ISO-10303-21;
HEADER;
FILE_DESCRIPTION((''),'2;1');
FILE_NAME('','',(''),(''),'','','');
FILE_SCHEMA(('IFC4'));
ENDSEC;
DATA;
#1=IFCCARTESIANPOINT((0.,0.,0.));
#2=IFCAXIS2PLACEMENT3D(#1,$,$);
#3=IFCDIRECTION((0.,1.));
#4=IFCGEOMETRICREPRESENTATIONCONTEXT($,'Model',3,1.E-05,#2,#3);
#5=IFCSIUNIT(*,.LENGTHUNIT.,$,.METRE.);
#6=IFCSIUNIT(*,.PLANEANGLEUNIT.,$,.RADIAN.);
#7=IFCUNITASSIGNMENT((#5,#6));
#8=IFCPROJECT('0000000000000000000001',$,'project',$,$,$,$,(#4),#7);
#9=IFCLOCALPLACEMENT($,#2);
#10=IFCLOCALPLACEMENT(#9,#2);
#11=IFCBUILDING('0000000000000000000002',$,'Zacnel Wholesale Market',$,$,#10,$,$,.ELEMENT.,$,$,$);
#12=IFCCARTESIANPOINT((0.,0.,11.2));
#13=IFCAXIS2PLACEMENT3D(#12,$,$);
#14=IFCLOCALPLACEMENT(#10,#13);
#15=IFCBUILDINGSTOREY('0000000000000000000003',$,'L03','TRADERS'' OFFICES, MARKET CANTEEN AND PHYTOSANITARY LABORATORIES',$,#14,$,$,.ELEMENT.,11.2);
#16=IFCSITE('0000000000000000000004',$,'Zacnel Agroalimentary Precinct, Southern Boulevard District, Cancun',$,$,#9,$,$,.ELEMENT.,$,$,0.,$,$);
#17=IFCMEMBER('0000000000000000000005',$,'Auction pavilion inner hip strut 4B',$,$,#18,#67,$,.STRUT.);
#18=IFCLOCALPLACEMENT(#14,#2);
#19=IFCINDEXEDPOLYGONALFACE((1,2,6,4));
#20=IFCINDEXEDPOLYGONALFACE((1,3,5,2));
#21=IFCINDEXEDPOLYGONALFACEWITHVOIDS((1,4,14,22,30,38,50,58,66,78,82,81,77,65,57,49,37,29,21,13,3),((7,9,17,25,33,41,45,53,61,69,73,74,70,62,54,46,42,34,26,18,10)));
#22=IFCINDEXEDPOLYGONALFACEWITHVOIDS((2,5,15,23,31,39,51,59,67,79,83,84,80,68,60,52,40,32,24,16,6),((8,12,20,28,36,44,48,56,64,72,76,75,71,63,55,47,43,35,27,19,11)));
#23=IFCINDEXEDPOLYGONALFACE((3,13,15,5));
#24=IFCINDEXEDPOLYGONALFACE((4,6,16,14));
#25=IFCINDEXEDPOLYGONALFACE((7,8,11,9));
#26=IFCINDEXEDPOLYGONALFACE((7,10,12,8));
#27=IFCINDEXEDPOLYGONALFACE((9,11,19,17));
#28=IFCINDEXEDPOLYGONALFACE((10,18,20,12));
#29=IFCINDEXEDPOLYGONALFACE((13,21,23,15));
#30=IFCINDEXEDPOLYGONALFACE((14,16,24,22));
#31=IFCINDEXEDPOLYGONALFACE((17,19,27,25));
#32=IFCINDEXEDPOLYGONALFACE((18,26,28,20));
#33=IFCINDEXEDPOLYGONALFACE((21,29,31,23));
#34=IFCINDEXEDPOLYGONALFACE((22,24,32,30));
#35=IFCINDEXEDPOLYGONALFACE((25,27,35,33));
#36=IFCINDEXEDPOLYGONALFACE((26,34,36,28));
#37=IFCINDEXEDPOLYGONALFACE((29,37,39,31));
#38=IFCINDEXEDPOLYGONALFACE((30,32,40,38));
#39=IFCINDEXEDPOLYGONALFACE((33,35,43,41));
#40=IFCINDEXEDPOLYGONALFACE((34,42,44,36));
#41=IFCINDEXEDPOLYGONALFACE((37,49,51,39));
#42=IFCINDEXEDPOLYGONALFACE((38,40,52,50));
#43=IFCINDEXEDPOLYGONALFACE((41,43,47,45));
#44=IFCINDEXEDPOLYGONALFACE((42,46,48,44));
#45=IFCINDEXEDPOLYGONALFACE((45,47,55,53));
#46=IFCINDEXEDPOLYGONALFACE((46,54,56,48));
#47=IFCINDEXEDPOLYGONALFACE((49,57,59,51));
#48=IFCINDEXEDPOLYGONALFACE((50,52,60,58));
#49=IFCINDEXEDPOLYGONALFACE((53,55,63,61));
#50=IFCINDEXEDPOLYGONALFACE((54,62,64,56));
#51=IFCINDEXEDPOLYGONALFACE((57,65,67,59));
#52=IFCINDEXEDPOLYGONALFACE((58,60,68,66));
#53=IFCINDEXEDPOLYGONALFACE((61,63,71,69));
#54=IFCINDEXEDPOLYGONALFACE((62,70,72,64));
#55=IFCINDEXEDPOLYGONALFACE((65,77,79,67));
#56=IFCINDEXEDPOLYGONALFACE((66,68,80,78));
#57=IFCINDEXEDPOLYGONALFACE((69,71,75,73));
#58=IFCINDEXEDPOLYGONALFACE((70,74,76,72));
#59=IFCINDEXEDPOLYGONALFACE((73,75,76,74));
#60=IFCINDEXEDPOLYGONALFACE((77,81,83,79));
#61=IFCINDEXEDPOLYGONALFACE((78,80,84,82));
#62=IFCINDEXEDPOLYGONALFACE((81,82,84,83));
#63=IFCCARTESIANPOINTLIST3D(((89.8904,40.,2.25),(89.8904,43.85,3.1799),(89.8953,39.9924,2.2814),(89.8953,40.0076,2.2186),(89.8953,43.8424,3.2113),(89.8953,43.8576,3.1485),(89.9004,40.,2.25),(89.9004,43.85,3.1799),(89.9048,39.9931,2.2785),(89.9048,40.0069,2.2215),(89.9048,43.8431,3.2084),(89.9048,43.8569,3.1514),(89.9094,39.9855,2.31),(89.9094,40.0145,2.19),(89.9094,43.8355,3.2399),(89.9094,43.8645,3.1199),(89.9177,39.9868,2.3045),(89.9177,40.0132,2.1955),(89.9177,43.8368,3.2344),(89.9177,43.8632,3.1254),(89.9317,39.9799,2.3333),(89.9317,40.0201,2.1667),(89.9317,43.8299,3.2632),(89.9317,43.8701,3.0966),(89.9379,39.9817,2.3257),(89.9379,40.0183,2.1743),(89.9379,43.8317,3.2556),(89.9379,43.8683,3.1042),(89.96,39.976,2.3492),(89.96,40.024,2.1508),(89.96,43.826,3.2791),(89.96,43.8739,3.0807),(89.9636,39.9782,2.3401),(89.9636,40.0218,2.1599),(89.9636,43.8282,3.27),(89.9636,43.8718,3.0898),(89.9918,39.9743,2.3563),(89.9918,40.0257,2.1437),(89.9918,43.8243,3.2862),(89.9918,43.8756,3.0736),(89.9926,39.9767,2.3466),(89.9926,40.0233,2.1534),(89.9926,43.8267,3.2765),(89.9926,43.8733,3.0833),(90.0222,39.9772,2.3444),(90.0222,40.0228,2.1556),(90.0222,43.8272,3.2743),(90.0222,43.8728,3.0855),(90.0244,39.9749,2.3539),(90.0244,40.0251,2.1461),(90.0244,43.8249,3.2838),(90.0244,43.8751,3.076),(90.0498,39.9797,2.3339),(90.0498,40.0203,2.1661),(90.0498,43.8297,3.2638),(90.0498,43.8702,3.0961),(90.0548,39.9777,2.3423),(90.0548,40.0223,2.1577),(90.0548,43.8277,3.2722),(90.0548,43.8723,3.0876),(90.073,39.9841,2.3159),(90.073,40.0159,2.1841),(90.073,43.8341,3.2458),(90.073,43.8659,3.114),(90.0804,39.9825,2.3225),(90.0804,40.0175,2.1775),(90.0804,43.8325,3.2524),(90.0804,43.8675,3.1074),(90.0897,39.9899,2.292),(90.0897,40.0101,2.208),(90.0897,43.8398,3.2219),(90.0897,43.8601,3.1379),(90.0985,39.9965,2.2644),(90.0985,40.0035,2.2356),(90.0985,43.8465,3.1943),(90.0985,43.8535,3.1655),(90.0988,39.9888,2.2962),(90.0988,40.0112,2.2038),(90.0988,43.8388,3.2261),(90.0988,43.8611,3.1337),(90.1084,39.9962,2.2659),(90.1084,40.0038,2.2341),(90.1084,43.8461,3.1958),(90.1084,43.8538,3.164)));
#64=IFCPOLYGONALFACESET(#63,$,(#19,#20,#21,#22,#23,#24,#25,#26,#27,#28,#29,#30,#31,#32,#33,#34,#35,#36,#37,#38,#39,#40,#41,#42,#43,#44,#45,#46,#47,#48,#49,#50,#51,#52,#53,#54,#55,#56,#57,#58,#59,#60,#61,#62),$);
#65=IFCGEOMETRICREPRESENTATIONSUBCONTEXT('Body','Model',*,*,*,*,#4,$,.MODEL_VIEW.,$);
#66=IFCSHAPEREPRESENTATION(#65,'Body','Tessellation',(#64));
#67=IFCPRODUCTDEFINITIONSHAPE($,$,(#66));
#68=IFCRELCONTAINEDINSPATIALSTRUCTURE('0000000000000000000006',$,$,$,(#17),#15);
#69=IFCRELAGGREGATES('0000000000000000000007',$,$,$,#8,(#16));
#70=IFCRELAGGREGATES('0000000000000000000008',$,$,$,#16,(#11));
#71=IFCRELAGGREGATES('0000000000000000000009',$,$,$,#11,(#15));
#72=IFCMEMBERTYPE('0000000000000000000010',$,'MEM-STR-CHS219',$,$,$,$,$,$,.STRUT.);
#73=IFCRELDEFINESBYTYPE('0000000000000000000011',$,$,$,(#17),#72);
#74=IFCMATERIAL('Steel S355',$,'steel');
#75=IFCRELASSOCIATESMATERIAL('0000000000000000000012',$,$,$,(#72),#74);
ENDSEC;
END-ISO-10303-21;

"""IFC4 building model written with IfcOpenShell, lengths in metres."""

from ifc_helpers import new_model, si_unit, direction, frame, origin, origin_2d, place, context, subcontext, project, spatial, hollow_circle, extrude, material, material_profile, profile_set, type_object, element, save


model = new_model("IFC4")

# Units and contexts
model_context = context("Model", 3, precision=1e-05, world=origin(), true_north=direction((0.0, 1.0)))
body_context = subcontext(model_context, "Body", "Model", "MODEL_VIEW")
ifc_project = project(units=[si_unit("LENGTHUNIT", "METRE"), si_unit("PLANEANGLEUNIT", "RADIAN")], contexts=[model_context])

# Site, building, storey
site_placement = place(None, origin())
site = spatial("IfcSite", under=ifc_project, at=site_placement, Name="Zacnel Agroalimentary Precinct, Southern Boulevard District, Cancun", CompositionType="ELEMENT", RefElevation=0.0)
building_placement = place(site_placement, origin())
building = spatial("IfcBuilding", under=site, at=building_placement, Name="Zacnel Wholesale Market", CompositionType="ELEMENT")
storey_placement = place(building_placement, frame((0.0, 0.0, 11.2)))
storey = spatial("IfcBuildingStorey", under=building, at=storey_placement, Name="L03", Description="TRADERS' OFFICES, MARKET CANTEEN AND PHYTOSANITARY LABORATORIES", CompositionType="ELEMENT", Elevation=11.2)

# Member
ifc_material_1 = material(Name="Steel S355", Category="steel")
ifc_material_profile_1 = material_profile(ifc_material_1, hollow_circle(Radius=0.1096, WallThickness=0.01, at=origin_2d()), Name="CHS 219.1x10")
ifc_profile_set_1 = profile_set([ifc_material_profile_1], Name="Steel S355")
member_type = type_object("IfcMemberType", Name="MEM-STR-CHS219", PredefinedType="STRUT", material=ifc_profile_set_1)
for number, where, z_axis, x_axis, name in (
    (1, (90.0, 40.0, 2.25), (0.0, 0.972048, 0.234783), (-1.0, 0.0, 0.0), "Auction pavilion inner hip strut 4B"),
):
    element("IfcMember", number, at=place(storey_placement, frame(where, z_axis=z_axis, x_axis=x_axis)), inside=storey, type_object=member_type, Name=name, PredefinedType="STRUT", context=body_context, shape_type="SweptSolid", body=[
        extrude(hollow_circle(Radius=0.1096, WallThickness=0.01, at=origin_2d()), origin(), (0.0, 0.0, 1.0), 3.9607),
    ])

save(model, "model.ifc")
